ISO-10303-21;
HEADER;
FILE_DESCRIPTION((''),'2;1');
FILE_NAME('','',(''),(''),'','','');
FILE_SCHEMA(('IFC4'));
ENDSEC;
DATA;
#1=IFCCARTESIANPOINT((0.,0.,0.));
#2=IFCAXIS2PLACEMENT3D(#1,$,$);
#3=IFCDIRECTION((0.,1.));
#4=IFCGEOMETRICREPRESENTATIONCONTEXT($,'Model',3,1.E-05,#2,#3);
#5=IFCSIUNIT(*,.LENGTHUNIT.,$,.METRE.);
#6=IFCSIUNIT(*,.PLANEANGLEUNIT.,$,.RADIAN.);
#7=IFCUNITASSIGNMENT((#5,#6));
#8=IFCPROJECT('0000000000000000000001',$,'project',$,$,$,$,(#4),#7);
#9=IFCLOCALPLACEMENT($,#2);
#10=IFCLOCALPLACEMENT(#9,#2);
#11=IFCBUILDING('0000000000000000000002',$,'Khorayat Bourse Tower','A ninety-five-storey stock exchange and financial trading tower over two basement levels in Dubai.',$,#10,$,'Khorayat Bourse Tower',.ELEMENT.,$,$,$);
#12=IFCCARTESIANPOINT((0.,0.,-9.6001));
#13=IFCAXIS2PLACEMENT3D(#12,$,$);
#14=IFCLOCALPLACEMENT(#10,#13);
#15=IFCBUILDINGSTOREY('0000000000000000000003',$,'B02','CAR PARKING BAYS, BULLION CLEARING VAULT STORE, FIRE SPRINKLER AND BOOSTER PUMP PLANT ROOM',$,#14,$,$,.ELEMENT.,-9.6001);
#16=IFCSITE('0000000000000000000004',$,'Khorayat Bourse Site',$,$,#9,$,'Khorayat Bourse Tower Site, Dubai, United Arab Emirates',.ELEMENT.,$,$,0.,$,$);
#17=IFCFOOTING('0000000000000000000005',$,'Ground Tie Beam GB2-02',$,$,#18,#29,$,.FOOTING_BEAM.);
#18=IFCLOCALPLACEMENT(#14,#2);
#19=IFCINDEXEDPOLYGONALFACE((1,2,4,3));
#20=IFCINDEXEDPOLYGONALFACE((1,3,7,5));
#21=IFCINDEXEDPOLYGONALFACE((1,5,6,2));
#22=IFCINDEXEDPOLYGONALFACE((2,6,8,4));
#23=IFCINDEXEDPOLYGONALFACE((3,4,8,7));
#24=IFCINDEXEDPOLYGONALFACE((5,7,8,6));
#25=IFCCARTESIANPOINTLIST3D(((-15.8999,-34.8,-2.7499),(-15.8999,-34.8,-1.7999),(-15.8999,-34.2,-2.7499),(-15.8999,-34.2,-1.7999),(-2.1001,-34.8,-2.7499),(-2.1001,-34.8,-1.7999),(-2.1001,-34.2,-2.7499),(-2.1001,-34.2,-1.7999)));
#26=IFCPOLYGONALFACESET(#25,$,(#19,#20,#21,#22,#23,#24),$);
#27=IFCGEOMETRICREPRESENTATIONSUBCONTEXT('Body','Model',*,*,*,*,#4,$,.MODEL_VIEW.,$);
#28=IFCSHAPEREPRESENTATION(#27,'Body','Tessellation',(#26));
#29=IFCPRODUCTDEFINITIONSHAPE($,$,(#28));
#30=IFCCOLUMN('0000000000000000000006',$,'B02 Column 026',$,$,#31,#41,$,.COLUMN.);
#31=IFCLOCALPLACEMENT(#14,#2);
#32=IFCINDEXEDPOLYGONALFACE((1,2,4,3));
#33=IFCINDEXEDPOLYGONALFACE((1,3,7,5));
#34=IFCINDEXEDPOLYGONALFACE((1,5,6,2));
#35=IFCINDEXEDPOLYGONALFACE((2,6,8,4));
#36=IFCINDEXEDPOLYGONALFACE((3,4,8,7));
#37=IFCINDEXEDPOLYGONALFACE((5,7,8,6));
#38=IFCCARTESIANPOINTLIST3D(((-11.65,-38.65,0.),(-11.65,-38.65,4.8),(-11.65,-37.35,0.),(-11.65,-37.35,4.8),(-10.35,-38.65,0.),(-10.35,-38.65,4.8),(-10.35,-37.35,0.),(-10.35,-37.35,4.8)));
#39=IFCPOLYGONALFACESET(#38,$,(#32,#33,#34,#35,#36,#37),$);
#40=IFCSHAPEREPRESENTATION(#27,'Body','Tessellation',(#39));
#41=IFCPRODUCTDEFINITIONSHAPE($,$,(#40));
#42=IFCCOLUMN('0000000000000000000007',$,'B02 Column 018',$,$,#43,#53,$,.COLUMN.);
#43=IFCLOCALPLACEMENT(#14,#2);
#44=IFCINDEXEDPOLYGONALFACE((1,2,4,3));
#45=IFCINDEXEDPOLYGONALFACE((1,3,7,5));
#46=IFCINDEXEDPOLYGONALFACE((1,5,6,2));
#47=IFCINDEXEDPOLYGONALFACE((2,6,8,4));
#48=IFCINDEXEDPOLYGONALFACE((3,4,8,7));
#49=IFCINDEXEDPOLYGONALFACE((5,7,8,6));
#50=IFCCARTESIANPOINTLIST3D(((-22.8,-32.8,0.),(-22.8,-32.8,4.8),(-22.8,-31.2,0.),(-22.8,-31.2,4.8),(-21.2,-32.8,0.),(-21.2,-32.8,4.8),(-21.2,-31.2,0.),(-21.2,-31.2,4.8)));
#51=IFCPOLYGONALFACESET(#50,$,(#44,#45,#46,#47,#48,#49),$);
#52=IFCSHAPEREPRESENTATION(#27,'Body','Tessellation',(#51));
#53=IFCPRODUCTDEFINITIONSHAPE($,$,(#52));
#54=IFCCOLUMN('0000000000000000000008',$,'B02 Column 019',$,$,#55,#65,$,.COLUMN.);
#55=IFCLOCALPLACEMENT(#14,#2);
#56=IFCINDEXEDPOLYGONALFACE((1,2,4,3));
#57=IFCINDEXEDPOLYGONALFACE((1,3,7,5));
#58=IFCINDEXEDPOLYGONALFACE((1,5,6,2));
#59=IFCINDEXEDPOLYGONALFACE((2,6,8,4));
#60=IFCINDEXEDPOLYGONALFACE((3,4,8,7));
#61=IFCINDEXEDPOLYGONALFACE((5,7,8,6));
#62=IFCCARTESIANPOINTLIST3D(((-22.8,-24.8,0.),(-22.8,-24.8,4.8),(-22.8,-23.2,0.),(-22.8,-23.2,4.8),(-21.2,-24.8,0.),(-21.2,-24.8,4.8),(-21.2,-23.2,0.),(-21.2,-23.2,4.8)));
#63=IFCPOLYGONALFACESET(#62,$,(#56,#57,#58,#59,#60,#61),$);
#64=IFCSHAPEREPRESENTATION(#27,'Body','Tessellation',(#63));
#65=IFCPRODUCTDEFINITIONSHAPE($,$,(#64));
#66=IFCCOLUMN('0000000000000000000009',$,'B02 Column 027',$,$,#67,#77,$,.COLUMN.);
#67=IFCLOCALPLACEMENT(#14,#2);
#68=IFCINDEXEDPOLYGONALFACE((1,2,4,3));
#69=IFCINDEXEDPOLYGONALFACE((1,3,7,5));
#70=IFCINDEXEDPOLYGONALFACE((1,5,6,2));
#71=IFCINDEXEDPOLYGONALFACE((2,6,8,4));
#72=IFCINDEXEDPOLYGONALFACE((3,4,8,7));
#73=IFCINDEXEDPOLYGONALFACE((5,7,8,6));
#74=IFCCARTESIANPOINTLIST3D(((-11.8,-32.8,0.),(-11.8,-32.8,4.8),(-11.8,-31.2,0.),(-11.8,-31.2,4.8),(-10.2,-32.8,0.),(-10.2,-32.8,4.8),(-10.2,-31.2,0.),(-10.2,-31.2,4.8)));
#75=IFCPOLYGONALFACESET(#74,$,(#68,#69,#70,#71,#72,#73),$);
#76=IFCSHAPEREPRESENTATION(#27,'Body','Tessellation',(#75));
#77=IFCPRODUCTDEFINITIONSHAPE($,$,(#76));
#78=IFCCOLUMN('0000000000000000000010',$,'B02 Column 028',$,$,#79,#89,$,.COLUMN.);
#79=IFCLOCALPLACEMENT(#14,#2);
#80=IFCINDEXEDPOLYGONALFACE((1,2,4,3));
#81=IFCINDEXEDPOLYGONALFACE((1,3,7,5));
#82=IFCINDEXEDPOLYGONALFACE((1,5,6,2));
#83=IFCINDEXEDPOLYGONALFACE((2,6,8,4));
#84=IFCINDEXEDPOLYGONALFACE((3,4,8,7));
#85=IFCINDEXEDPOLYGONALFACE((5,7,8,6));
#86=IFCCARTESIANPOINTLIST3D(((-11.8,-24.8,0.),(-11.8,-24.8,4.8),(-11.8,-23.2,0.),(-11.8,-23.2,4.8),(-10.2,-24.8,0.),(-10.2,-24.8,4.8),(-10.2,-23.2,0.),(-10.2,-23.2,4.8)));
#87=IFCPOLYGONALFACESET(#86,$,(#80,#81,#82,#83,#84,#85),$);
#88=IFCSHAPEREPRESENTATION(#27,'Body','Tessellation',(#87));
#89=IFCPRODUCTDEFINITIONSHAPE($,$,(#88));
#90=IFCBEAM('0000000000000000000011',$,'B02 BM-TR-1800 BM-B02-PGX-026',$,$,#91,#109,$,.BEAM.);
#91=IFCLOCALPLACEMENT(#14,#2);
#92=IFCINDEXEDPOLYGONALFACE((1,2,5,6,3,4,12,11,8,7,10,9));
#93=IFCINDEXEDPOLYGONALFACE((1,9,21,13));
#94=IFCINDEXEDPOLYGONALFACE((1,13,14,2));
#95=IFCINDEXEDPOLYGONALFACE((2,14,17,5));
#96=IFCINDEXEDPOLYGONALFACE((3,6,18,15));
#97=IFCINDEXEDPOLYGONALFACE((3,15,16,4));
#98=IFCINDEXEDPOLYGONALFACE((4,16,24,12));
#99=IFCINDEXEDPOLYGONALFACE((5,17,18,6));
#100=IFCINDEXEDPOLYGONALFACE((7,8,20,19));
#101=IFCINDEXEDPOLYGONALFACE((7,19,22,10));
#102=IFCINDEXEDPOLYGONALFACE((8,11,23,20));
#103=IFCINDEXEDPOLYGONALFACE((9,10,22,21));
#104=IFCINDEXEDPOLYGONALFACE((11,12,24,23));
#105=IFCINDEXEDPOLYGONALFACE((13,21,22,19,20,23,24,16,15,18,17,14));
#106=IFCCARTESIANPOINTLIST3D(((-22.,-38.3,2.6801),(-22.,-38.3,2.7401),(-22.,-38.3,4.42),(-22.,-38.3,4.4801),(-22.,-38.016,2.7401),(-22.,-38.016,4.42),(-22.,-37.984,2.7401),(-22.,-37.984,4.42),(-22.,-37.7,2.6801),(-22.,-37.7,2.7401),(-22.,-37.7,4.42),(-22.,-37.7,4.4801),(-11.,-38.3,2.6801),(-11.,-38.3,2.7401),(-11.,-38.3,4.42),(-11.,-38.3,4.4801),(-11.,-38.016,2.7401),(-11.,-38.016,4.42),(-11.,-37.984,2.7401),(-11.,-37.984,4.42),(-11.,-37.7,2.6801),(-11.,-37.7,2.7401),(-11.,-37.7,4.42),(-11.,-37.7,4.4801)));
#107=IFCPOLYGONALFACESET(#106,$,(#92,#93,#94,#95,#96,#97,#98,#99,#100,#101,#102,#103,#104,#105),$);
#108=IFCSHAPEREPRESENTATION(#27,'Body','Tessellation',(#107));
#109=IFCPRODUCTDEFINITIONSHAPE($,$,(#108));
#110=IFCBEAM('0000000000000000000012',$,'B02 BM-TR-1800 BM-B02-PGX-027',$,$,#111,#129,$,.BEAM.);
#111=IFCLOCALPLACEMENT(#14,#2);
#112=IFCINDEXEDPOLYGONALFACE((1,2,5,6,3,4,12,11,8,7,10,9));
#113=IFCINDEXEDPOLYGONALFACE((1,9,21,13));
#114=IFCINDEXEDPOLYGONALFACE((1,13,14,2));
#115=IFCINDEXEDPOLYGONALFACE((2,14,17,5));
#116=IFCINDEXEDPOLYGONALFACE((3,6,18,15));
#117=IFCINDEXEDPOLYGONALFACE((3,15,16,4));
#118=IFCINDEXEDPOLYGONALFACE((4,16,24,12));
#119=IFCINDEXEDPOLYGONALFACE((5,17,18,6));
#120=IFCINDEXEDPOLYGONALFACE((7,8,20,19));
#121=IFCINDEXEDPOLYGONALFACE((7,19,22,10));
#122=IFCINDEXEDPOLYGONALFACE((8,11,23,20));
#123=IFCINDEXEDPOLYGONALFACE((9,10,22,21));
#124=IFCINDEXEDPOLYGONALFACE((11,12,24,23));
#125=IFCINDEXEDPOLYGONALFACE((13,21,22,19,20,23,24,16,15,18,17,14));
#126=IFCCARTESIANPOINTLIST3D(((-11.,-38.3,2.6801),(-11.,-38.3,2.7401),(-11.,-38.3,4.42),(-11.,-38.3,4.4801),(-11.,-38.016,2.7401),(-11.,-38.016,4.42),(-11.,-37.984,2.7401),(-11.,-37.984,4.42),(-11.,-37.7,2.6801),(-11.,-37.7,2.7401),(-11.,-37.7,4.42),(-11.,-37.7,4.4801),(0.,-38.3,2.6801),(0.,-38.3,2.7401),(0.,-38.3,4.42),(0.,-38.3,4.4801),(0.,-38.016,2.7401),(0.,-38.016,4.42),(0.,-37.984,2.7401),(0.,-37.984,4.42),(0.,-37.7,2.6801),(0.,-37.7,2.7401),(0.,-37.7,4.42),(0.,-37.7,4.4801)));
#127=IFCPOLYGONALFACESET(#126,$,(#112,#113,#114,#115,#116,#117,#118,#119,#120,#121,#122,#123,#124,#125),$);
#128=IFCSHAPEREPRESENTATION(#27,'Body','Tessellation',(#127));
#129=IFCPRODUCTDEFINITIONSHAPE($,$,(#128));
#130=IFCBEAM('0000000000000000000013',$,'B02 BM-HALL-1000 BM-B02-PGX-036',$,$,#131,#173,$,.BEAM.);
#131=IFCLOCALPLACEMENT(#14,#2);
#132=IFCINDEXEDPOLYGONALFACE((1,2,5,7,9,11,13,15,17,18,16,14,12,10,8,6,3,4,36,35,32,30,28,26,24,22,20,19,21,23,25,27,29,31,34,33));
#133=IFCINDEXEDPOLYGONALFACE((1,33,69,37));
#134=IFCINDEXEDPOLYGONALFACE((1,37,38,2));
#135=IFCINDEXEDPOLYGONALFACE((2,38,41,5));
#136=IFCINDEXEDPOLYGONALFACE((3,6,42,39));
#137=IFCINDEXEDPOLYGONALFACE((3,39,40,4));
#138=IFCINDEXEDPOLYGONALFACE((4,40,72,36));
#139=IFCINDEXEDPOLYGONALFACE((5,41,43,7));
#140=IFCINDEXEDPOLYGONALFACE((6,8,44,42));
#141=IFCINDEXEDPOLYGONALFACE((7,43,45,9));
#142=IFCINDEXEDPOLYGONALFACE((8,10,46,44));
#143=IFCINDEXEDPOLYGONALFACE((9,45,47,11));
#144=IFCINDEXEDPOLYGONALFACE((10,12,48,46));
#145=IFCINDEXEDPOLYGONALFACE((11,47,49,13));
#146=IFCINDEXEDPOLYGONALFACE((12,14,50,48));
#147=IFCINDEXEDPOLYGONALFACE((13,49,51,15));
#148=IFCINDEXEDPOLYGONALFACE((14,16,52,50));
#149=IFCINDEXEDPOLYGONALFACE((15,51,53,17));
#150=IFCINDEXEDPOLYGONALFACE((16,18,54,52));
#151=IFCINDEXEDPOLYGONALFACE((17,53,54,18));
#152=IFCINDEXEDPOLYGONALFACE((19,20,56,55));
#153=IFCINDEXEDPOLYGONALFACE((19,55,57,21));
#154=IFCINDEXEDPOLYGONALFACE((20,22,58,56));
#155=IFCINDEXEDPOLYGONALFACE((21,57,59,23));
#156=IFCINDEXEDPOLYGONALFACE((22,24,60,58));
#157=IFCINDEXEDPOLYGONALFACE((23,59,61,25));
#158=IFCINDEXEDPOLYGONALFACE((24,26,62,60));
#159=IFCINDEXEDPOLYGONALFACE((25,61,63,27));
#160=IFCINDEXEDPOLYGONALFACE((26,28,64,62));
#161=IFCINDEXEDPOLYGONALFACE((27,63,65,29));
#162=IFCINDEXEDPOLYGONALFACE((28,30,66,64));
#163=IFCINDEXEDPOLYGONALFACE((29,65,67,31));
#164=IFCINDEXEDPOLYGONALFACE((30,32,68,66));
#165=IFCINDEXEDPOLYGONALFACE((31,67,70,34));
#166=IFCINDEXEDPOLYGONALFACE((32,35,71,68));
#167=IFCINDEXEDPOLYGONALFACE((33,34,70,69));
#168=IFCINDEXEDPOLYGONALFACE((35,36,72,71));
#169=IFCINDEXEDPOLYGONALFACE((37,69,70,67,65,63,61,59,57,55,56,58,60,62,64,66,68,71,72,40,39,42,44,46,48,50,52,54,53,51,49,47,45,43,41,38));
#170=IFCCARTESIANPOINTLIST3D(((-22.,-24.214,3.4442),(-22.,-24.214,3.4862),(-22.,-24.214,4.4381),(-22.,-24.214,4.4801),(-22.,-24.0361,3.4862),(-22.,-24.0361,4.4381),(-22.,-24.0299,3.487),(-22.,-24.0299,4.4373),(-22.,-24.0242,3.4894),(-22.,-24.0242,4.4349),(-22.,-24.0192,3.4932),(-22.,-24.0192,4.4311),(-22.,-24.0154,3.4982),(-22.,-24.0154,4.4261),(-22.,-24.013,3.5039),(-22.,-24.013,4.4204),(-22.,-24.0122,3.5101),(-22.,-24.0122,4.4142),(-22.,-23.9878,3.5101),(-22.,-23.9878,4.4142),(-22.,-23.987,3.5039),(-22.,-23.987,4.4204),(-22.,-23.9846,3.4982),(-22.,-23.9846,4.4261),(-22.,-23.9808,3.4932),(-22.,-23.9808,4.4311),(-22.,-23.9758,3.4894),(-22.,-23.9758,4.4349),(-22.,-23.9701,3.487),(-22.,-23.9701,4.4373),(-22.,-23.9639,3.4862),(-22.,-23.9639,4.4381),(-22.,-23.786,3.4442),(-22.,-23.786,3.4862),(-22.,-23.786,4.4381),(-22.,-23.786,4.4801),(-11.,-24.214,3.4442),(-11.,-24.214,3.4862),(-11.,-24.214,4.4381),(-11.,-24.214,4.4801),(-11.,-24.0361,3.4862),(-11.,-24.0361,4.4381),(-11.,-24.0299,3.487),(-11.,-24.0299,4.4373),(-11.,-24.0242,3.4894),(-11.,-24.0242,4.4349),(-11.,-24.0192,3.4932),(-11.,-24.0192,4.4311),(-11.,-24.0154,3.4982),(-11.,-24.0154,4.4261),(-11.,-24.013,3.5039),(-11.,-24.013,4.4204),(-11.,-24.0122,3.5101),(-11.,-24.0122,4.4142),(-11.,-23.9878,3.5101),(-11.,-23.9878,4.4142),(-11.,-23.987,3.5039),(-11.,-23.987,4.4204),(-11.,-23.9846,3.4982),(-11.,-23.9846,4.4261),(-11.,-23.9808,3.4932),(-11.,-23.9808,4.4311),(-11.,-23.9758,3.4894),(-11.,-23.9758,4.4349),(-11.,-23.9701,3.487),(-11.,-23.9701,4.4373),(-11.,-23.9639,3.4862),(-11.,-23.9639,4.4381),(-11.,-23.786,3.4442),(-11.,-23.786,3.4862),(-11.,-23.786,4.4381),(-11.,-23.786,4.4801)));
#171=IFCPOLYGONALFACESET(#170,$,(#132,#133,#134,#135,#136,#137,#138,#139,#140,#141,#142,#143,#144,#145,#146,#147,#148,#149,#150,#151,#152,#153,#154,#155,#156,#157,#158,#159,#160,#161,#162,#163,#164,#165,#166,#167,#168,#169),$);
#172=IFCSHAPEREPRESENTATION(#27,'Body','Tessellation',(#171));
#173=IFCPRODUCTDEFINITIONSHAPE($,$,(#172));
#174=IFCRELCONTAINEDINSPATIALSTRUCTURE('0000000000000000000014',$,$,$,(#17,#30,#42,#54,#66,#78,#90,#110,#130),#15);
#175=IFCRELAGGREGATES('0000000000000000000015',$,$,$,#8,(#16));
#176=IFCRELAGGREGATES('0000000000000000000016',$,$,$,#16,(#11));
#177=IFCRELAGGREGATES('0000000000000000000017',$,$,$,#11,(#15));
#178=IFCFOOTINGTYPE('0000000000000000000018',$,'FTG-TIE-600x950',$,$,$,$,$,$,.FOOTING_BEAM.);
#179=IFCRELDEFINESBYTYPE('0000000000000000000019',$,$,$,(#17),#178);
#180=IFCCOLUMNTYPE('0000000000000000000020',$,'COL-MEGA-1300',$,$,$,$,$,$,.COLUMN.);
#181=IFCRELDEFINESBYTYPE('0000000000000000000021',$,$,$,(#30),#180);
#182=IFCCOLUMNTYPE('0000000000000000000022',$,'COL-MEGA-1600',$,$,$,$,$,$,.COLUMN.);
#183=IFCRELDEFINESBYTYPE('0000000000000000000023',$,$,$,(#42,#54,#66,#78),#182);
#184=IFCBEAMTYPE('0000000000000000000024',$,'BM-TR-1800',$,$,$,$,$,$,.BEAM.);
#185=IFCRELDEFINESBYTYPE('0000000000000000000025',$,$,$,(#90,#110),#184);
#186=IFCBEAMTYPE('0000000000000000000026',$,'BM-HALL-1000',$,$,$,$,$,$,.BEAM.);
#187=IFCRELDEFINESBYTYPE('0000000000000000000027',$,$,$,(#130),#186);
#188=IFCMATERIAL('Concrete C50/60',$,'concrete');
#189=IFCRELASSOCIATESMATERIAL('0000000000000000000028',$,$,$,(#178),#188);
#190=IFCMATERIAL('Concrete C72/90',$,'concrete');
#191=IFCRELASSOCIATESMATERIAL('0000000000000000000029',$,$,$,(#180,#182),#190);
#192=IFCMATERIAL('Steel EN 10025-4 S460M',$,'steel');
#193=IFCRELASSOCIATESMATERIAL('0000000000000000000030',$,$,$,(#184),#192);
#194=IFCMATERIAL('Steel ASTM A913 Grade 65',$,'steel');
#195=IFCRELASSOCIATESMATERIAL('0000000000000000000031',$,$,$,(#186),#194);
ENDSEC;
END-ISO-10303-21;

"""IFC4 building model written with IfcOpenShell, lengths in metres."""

from ifc_helpers import new_model, si_unit, direction, frame, origin, origin_2d, place, context, subcontext, project, spatial, rectangle, i_section, extrude, source, transform, mapped, material, material_profile, profile_set, type_object, element, save


model = new_model("IFC4")

# Units and contexts
model_context = context("Model", 3, precision=1e-05, world=origin(), true_north=direction((0.0, 1.0)))
body_context = subcontext(model_context, "Body", "Model", "MODEL_VIEW")
ifc_project = project(units=[si_unit("LENGTHUNIT", "METRE"), si_unit("PLANEANGLEUNIT", "RADIAN")], contexts=[model_context])

# Site, building, storey
site_placement = place(None, origin())
site = spatial("IfcSite", under=ifc_project, at=site_placement, Name="Khorayat Bourse Site", LongName="Khorayat Bourse Tower Site, Dubai, United Arab Emirates", CompositionType="ELEMENT", RefElevation=0.0)
building_placement = place(site_placement, origin())
building = spatial("IfcBuilding", under=site, at=building_placement, Name="Khorayat Bourse Tower", Description="A ninety-five-storey stock exchange and financial trading tower over two basement levels in Dubai.", LongName="Khorayat Bourse Tower", CompositionType="ELEMENT")
storey_placement = place(building_placement, frame((0.0, 0.0, -9.6001)))
storey = spatial("IfcBuildingStorey", under=building, at=storey_placement, Name="B02", Description="CAR PARKING BAYS, BULLION CLEARING VAULT STORE, FIRE SPRINKLER AND BOOSTER PUMP PLANT ROOM", CompositionType="ELEMENT", Elevation=-9.6001)

# Shared definitions
ifc_material_1 = material(Name="Concrete C50/60", Category="concrete")

# Footing
ifc_material_profile_1 = material_profile(ifc_material_1, rectangle(XDim=0.6001, YDim=0.95, at=origin_2d()), Name="RC 600x950")
ifc_profile_set_1 = profile_set([ifc_material_profile_1], Name="Concrete C50/60")
footing_type_1 = type_object("IfcFootingType", Name="FTG-TIE-600x950", PredefinedType="FOOTING_BEAM", material=ifc_profile_set_1)
shared_shape_1 = source(origin(), body_context, "Body", "SweptSolid", [
    extrude(rectangle(XDim=0.6001, YDim=0.95, at=origin_2d()), origin(), (0.0, 0.0, 1.0), 13.7998),
])
footing_1_placement = place(storey_placement, frame((-15.8999, -34.5, -2.2749), z_axis=(1.0, 0.0, 0.0), x_axis=(0.0, 1.0, 0.0)))
element("IfcFooting", 1, at=footing_1_placement, inside=storey, type_object=footing_type_1, Name="Ground Tie Beam GB2-02", PredefinedType="FOOTING_BEAM", context=body_context, shape_type="MappedRepresentation", body=[
    mapped(shared_shape_1, transform((0.0, 0.0, 0.0), scale=1.0)),
])

# Columns
ifc_material_2 = material(Name="Concrete C72/90", Category="concrete")
ifc_material_profile_2 = material_profile(ifc_material_2, rectangle(XDim=1.3, YDim=1.3, at=origin_2d()), Name="RC 1300x1300")
ifc_profile_set_2 = profile_set([ifc_material_profile_2], Name="Concrete C72/90")
column_type_1 = type_object("IfcColumnType", Name="COL-MEGA-1300", PredefinedType="COLUMN", material=ifc_profile_set_2)
shared_shape_2 = source(origin(), body_context, "Body", "SweptSolid", [
    extrude(rectangle(XDim=1.3, YDim=1.3, at=origin_2d()), origin(), (0.0, 0.0, 1.0), 4.8),
])
column_placement = place(storey_placement, frame((-11.0, -38.0, 0.0), z_axis=(0.0, 0.0, 1.0), x_axis=(1.0, 0.0, 0.0)))
element("IfcColumn", 2, at=column_placement, inside=storey, type_object=column_type_1, Name="B02 Column 026", PredefinedType="COLUMN", context=body_context, shape_type="MappedRepresentation", body=[
    mapped(shared_shape_2, transform((0.0, 0.0, 0.0), scale=1.0)),
])
ifc_material_profile_3 = material_profile(ifc_material_2, rectangle(XDim=1.6001, YDim=1.6001, at=origin_2d()), Name="RC 1600x1600")
ifc_profile_set_3 = profile_set([ifc_material_profile_3], Name="Concrete C72/90")
column_type_2 = type_object("IfcColumnType", Name="COL-MEGA-1600", PredefinedType="COLUMN", material=ifc_profile_set_3)
shared_shape_3 = source(origin(), body_context, "Body", "SweptSolid", [
    extrude(rectangle(XDim=1.6001, YDim=1.6001, at=origin_2d()), origin(), (0.0, 0.0, 1.0), 4.8),
])
for number, where, z_axis, x_axis, name in (
    (3, (-22.0, -32.0, 0.0), (0.0, 0.0, 1.0), (1.0, 0.0, 0.0), "B02 Column 018"),
    (4, (-22.0, -24.0, 0.0), (0.0, 0.0, 1.0), (1.0, 0.0, 0.0), "B02 Column 019"),
    (5, (-11.0, -32.0, 0.0), (0.0, 0.0, 1.0), (1.0, 0.0, 0.0), "B02 Column 027"),
    (6, (-11.0, -24.0, 0.0), (0.0, 0.0, 1.0), (1.0, 0.0, 0.0), "B02 Column 028"),
):
    element("IfcColumn", number, at=place(storey_placement, frame(where, z_axis=z_axis, x_axis=x_axis)), inside=storey, type_object=column_type_2, Name=name, PredefinedType="COLUMN", context=body_context, shape_type="MappedRepresentation", body=[
        mapped(shared_shape_3, transform((0.0, 0.0, 0.0), scale=1.0)),
    ])

# Beams
ifc_material_3 = material(Name="Steel EN 10025-4 S460M", Category="steel")
ifc_material_profile_4 = material_profile(ifc_material_3, i_section(OverallWidth=0.6001, OverallDepth=1.8, WebThickness=0.032, FlangeThickness=0.0601, at=origin_2d()), Name="PG 1800x600x32x60")
ifc_profile_set_4 = profile_set([ifc_material_profile_4], Name="Steel EN 10025-4 S460M")
beam_type_1 = type_object("IfcBeamType", Name="BM-TR-1800", PredefinedType="BEAM", material=ifc_profile_set_4)
shared_shape_4 = source(origin(), body_context, "Body", "SweptSolid", [
    extrude(i_section(OverallWidth=0.6001, OverallDepth=1.8, WebThickness=0.032, FlangeThickness=0.0601, at=origin_2d()), origin(), (0.0, 0.0, 1.0), 11.0),
])
for number, where, z_axis, x_axis, name in (
    (7, (-22.0, -38.0, 3.5801), (1.0, 0.0, 0.0), (0.0, 1.0, 0.0), "B02 BM-TR-1800 BM-B02-PGX-026"),
    (8, (-11.0, -38.0, 3.5801), (1.0, 0.0, 0.0), (0.0, 1.0, 0.0), "B02 BM-TR-1800 BM-B02-PGX-027"),
):
    element("IfcBeam", number, at=place(storey_placement, frame(where, z_axis=z_axis, x_axis=x_axis)), inside=storey, type_object=beam_type_1, Name=name, PredefinedType="BEAM", context=body_context, shape_type="MappedRepresentation", body=[
        mapped(shared_shape_4, transform((0.0, 0.0, 0.0), scale=1.0)),
    ])
ifc_material_4 = material(Name="Steel ASTM A913 Grade 65", Category="steel")
ifc_material_profile_5 = material_profile(ifc_material_4, i_section(OverallWidth=0.428, OverallDepth=1.0359, WebThickness=0.0244, FlangeThickness=0.042, FilletRadius=0.0239, at=origin_2d()), Name="W1000X443")
ifc_profile_set_5 = profile_set([ifc_material_profile_5], Name="Steel ASTM A913 Grade 65")
beam_type_2 = type_object("IfcBeamType", Name="BM-HALL-1000", PredefinedType="BEAM", material=ifc_profile_set_5)
shared_shape_5 = source(origin(), body_context, "Body", "SweptSolid", [
    extrude(i_section(OverallWidth=0.428, OverallDepth=1.0359, WebThickness=0.0244, FlangeThickness=0.042, FilletRadius=0.0239, at=origin_2d()), origin(), (0.0, 0.0, 1.0), 11.0),
])
for number, where, z_axis, x_axis, name in (
    (9, (-22.0, -24.0, 3.9622), (1.0, 0.0, 0.0), (0.0, 1.0, 0.0), "B02 BM-HALL-1000 BM-B02-PGX-036"),
):
    element("IfcBeam", number, at=place(storey_placement, frame(where, z_axis=z_axis, x_axis=x_axis)), inside=storey, type_object=beam_type_2, Name=name, PredefinedType="BEAM", context=body_context, shape_type="MappedRepresentation", body=[
        mapped(shared_shape_5, transform((0.0, 0.0, 0.0), scale=1.0)),
    ])

save(model, "model.ifc")
